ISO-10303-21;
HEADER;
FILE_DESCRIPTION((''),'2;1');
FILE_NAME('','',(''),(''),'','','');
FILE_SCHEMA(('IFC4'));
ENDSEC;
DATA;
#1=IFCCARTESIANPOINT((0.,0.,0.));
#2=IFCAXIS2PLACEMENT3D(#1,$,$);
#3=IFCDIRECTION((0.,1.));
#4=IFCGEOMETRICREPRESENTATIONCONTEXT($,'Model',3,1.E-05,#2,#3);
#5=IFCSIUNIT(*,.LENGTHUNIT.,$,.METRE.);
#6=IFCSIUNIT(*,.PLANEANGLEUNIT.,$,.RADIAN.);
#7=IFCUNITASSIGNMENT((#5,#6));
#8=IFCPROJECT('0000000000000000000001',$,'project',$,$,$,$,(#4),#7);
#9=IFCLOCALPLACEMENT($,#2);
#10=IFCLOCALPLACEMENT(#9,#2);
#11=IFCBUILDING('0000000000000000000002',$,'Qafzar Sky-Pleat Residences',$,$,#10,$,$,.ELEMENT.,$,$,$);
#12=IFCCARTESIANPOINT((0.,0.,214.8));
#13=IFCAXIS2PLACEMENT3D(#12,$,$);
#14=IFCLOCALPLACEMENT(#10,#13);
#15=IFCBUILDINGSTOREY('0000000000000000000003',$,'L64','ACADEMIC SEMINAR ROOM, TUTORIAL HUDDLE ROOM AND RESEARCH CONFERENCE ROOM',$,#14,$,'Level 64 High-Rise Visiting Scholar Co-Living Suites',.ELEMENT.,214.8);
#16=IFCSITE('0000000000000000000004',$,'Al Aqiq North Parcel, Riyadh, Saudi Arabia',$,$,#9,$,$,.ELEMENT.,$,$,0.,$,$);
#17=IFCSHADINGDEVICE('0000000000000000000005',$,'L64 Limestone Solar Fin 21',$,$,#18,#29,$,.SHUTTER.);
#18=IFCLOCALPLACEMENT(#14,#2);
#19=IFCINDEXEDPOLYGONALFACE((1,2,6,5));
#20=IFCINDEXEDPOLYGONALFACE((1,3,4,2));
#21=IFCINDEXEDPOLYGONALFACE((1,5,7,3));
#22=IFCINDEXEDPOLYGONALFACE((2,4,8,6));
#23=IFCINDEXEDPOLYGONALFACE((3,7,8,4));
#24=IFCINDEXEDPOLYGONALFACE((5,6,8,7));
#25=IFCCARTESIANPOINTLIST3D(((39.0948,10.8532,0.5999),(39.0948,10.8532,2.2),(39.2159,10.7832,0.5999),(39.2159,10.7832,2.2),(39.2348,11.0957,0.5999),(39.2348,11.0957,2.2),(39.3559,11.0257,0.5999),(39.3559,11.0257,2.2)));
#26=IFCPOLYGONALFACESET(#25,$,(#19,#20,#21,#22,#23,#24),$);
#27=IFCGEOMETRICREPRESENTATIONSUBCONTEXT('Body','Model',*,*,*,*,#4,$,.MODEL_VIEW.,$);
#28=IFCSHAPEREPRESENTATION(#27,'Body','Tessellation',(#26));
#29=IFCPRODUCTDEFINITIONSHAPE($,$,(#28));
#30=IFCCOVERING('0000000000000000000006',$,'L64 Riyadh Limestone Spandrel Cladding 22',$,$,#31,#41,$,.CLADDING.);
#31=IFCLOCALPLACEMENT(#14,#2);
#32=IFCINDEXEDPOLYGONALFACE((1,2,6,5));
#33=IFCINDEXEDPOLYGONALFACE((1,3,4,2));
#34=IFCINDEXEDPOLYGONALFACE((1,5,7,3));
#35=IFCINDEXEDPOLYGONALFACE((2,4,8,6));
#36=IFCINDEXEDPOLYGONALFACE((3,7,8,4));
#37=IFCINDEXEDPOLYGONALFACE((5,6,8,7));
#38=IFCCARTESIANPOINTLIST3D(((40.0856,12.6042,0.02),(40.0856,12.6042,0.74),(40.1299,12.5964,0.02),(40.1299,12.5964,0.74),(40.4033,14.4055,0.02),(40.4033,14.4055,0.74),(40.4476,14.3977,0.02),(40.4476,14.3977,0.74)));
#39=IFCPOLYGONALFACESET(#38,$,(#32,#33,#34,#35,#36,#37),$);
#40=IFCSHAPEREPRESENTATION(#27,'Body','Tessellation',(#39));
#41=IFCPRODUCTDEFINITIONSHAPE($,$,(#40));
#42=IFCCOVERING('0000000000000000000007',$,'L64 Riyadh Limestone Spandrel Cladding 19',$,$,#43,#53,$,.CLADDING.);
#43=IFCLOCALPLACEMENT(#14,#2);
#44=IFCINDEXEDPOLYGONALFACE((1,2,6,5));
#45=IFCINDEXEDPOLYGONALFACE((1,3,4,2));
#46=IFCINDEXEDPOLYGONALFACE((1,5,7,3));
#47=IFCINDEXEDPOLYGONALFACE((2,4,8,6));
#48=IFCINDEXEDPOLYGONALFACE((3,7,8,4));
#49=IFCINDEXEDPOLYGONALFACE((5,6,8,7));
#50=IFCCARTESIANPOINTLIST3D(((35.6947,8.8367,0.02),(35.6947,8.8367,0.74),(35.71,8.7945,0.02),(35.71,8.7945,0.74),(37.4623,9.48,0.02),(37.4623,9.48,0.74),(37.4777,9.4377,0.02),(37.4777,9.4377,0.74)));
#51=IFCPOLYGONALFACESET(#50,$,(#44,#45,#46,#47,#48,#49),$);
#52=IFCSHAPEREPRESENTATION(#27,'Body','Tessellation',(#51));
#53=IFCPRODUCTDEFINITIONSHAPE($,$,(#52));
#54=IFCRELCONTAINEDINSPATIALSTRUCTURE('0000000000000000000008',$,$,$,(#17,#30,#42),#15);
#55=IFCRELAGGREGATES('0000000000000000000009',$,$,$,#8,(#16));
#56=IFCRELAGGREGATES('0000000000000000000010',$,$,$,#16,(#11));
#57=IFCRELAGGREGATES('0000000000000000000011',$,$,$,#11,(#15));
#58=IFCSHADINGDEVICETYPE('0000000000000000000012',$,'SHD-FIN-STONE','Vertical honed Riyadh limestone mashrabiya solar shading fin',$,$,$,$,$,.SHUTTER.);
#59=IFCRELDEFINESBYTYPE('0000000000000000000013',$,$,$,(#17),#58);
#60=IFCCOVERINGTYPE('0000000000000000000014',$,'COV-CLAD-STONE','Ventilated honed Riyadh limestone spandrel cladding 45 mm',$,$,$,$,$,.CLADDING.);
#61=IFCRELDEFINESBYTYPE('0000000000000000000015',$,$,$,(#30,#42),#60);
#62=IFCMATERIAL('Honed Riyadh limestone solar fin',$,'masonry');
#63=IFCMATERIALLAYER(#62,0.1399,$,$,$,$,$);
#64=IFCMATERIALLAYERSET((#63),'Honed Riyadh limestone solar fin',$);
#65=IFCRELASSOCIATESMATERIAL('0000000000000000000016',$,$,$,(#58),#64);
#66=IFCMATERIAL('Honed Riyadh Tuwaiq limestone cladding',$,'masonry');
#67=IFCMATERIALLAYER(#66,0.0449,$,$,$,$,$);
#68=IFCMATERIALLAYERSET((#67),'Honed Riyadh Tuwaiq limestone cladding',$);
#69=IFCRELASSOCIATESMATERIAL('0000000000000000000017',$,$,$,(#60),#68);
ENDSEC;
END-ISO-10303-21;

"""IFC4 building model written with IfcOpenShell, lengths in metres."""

from ifc_helpers import new_model, si_unit, direction, frame, origin, origin_2d, place, context, subcontext, project, spatial, rectangle, extrude, source, transform, mapped, material, layer, layer_set, type_object, element, save


model = new_model("IFC4")

# Units and contexts
model_context = context("Model", 3, precision=1e-05, world=origin(), true_north=direction((0.0, 1.0)))
body_context = subcontext(model_context, "Body", "Model", "MODEL_VIEW")
ifc_project = project(units=[si_unit("LENGTHUNIT", "METRE"), si_unit("PLANEANGLEUNIT", "RADIAN")], contexts=[model_context])

# Site, building, storey
site_placement = place(None, origin())
site = spatial("IfcSite", under=ifc_project, at=site_placement, Name="Al Aqiq North Parcel, Riyadh, Saudi Arabia", CompositionType="ELEMENT", RefElevation=0.0)
building_placement = place(site_placement, origin())
building = spatial("IfcBuilding", under=site, at=building_placement, Name="Qafzar Sky-Pleat Residences", CompositionType="ELEMENT")
storey_placement = place(building_placement, frame((0.0, 0.0, 214.8)))
storey = spatial("IfcBuildingStorey", under=building, at=storey_placement, Name="L64", Description="ACADEMIC SEMINAR ROOM, TUTORIAL HUDDLE ROOM AND RESEARCH CONFERENCE ROOM", LongName="Level 64 High-Rise Visiting Scholar Co-Living Suites", CompositionType="ELEMENT", Elevation=214.8)

# Shading device
ifc_material_1 = material(Name="Honed Riyadh limestone solar fin", Category="masonry")
ifc_layer_1 = layer(ifc_material_1, 0.1399)
ifc_layer_set_1 = layer_set([ifc_layer_1], Name="Honed Riyadh limestone solar fin")
shading_device_type = type_object("IfcShadingDeviceType", Name="SHD-FIN-STONE", Description="Vertical honed Riyadh limestone mashrabiya solar shading fin", PredefinedType="SHUTTER", material=ifc_layer_set_1)
shared_shape_1 = source(origin(), body_context, "Body", "SweptSolid", [
    extrude(rectangle(XDim=0.1399, YDim=0.28, at=origin_2d()), origin(), (0.0, 0.0, 1.0), 1.6001),
])
shading_device_placement = place(storey_placement, frame((39.2253, 10.9395, 0.5999), z_axis=(0.0, 0.0, 1.0), x_axis=(0.866032, -0.499989, 0.0)))
element("IfcShadingDevice", 1, at=shading_device_placement, inside=storey, type_object=shading_device_type, Name="L64 Limestone Solar Fin 21", PredefinedType="SHUTTER", context=body_context, shape_type="MappedRepresentation", body=[
    mapped(shared_shape_1, transform((0.0, 0.0, 0.0), x_axis=(1.0, 0.0, 0.0), y_axis=(0.0, 1.0, 0.0), z_axis=(0.0, 0.0, 1.0), scale=1.0)),
])

# Coverings
ifc_material_2 = material(Name="Honed Riyadh Tuwaiq limestone cladding", Category="masonry")
ifc_layer_2 = layer(ifc_material_2, 0.0449)
ifc_layer_set_2 = layer_set([ifc_layer_2], Name="Honed Riyadh Tuwaiq limestone cladding")
covering_type = type_object("IfcCoveringType", Name="COV-CLAD-STONE", Description="Ventilated honed Riyadh limestone spandrel cladding 45 mm", PredefinedType="CLADDING", material=ifc_layer_set_2)
shared_shape_2 = source(origin(), body_context, "Body", "SweptSolid", [
    extrude(rectangle(XDim=1.8291, YDim=0.0449, at=origin_2d()), origin(), (0.0, 0.0, 1.0), 0.72),
])
covering_1_placement = place(storey_placement, frame((40.2666, 13.501, 0.02), z_axis=(0.0, 0.0, 1.0), x_axis=(0.173687, 0.984801, 0.0)))
element("IfcCovering", 2, at=covering_1_placement, inside=storey, type_object=covering_type, Name="L64 Riyadh Limestone Spandrel Cladding 22", PredefinedType="CLADDING", context=body_context, shape_type="MappedRepresentation", body=[
    mapped(shared_shape_2, transform((0.0, 0.0, 0.0), x_axis=(1.0, 0.0, 0.0), y_axis=(0.0, 1.0, 0.0), z_axis=(0.0, 0.0, 1.0), scale=1.0)),
])
shared_shape_3 = source(origin(), body_context, "Body", "SweptSolid", [
    extrude(rectangle(XDim=1.8811, YDim=0.0449, at=origin_2d()), origin(), (0.0, 0.0, 1.0), 0.72),
])
covering_2_placement = place(storey_placement, frame((36.5862, 9.1372, 0.02), z_axis=(0.0, 0.0, 1.0), x_axis=(0.93971, 0.341974, 0.0)))
element("IfcCovering", 3, at=covering_2_placement, inside=storey, type_object=covering_type, Name="L64 Riyadh Limestone Spandrel Cladding 19", PredefinedType="CLADDING", context=body_context, shape_type="MappedRepresentation", body=[
    mapped(shared_shape_3, transform((0.0, 0.0, 0.0), x_axis=(1.0, 0.0, 0.0), y_axis=(0.0, 1.0, 0.0), z_axis=(0.0, 0.0, 1.0), scale=1.0)),
])

save(model, "model.ifc")
